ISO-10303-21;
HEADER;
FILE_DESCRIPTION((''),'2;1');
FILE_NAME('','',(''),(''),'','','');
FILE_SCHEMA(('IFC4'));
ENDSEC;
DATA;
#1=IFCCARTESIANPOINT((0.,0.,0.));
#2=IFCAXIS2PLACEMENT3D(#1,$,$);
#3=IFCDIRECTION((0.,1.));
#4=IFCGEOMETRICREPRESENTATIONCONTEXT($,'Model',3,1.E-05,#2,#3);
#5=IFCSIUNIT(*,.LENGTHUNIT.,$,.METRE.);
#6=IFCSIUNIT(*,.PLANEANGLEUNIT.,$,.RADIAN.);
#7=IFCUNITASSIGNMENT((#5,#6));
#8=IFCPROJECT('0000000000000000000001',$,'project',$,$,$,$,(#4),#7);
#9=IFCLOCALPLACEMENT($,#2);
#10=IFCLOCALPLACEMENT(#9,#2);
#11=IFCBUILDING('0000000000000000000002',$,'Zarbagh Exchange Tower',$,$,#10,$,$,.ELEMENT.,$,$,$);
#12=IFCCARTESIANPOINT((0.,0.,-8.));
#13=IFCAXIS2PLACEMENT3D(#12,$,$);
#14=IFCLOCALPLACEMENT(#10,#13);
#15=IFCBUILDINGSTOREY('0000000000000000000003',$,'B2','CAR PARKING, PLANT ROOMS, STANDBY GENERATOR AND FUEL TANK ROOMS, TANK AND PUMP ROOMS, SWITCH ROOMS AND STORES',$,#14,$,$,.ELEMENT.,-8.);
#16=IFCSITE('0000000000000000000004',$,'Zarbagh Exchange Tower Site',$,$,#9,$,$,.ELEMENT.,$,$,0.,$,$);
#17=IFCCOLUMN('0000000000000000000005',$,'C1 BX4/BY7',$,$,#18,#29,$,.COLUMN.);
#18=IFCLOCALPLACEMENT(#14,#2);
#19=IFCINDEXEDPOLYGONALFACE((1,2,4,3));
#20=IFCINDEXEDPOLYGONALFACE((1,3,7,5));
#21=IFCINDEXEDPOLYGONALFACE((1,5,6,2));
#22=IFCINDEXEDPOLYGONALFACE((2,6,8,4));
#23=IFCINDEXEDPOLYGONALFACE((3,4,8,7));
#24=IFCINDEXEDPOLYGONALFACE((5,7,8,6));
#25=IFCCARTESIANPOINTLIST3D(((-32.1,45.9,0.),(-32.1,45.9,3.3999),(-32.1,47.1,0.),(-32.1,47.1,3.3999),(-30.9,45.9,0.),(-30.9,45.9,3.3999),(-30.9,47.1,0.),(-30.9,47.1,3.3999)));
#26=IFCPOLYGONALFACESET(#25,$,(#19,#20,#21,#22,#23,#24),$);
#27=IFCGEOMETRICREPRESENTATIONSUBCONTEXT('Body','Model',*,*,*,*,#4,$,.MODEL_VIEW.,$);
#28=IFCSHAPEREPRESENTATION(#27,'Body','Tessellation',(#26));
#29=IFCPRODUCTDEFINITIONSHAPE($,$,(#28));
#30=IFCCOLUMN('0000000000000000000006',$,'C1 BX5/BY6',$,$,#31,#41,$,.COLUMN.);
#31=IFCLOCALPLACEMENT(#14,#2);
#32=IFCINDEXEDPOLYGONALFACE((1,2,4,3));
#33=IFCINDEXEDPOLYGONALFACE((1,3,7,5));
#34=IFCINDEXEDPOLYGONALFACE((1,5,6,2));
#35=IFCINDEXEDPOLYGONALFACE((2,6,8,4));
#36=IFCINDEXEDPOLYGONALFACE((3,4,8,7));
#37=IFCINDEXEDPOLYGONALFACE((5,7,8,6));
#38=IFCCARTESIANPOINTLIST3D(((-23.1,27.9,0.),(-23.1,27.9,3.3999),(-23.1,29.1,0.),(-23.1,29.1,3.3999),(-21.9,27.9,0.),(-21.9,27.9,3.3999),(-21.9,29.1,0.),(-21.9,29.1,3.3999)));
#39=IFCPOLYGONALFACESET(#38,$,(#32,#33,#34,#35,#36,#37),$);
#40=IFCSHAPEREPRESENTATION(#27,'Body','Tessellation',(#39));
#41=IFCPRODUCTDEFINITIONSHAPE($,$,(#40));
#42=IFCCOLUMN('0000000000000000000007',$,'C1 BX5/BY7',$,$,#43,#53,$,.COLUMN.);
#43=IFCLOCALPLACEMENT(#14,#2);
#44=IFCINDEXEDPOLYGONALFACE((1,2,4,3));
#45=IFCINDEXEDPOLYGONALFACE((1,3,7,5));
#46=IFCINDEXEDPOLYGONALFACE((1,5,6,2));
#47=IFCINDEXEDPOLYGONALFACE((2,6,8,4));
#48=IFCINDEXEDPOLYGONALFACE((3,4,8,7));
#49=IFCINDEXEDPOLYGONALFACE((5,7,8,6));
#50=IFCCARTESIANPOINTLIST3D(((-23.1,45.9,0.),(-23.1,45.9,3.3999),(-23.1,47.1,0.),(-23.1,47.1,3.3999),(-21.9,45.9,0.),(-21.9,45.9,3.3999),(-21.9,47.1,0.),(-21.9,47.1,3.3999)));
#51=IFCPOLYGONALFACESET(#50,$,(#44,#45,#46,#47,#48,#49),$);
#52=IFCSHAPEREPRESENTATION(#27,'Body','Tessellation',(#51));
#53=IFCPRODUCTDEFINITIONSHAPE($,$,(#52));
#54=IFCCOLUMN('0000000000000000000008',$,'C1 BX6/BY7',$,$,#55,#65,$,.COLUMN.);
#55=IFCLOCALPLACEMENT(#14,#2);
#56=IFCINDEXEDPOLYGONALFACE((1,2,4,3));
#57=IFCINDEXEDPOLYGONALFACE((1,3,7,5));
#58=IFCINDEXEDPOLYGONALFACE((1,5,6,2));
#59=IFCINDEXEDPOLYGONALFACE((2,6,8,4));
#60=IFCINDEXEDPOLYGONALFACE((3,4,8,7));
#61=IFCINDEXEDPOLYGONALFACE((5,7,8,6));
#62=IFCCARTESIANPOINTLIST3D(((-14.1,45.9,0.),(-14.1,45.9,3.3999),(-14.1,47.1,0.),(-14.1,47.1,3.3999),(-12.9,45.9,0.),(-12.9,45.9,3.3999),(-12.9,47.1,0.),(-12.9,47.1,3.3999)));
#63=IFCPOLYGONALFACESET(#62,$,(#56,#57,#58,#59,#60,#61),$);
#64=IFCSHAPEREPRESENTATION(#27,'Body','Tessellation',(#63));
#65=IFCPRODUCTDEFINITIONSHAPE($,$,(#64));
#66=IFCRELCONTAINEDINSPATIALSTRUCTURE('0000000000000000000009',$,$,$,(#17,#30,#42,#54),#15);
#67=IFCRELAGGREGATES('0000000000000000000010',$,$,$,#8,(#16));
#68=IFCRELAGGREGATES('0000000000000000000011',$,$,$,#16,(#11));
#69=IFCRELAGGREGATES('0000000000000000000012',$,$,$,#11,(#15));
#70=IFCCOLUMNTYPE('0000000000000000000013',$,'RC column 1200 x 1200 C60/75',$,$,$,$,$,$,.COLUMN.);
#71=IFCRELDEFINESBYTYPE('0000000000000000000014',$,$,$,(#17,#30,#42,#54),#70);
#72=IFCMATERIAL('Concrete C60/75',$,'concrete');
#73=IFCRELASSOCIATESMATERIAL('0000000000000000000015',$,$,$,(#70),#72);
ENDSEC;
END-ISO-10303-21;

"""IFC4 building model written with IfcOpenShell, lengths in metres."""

from ifc_helpers import new_model, si_unit, direction, frame, origin, origin_2d, place, context, subcontext, project, spatial, rectangle, extrude, material, material_profile, profile_set, type_object, element, save


model = new_model("IFC4")

# Units and contexts
model_context = context("Model", 3, precision=1e-05, world=origin(), true_north=direction((0.0, 1.0)))
body_context = subcontext(model_context, "Body", "Model", "MODEL_VIEW")
ifc_project = project(units=[si_unit("LENGTHUNIT", "METRE"), si_unit("PLANEANGLEUNIT", "RADIAN")], contexts=[model_context])

# Site, building, storey
site_placement = place(None, origin())
site = spatial("IfcSite", under=ifc_project, at=site_placement, Name="Zarbagh Exchange Tower Site", CompositionType="ELEMENT", RefElevation=0.0)
building_placement = place(site_placement, origin())
building = spatial("IfcBuilding", under=site, at=building_placement, Name="Zarbagh Exchange Tower", CompositionType="ELEMENT")
storey_placement = place(building_placement, frame((0.0, 0.0, -8.0)))
storey = spatial("IfcBuildingStorey", under=building, at=storey_placement, Name="B2", Description="CAR PARKING, PLANT ROOMS, STANDBY GENERATOR AND FUEL TANK ROOMS, TANK AND PUMP ROOMS, SWITCH ROOMS AND STORES", CompositionType="ELEMENT", Elevation=-8.0)

# Columns
ifc_material_1 = material(Name="Concrete C60/75", Category="concrete")
ifc_material_profile_1 = material_profile(ifc_material_1, rectangle(XDim=1.2, YDim=1.2, at=origin_2d()), Name="RC column 1200 x 1200 C60/75")
ifc_profile_set_1 = profile_set([ifc_material_profile_1], Name="Concrete C60/75")
column_type = type_object("IfcColumnType", Name="RC column 1200 x 1200 C60/75", PredefinedType="COLUMN", material=ifc_profile_set_1)
for number, where, z_axis, x_axis, name in (
    (1, (-31.5, 46.5, 0.0), (0.0, 0.0, 1.0), (1.0, 0.0, 0.0), "C1 BX4/BY7"),
    (2, (-22.5, 28.5, 0.0), (0.0, 0.0, 1.0), (1.0, 0.0, 0.0), "C1 BX5/BY6"),
    (3, (-22.5, 46.5, 0.0), (0.0, 0.0, 1.0), (1.0, 0.0, 0.0), "C1 BX5/BY7"),
    (4, (-13.5, 46.5, 0.0), (0.0, 0.0, 1.0), (1.0, 0.0, 0.0), "C1 BX6/BY7"),
):
    element("IfcColumn", number, at=place(storey_placement, frame(where, z_axis=z_axis, x_axis=x_axis)), inside=storey, type_object=column_type, Name=name, PredefinedType="COLUMN", context=body_context, shape_type="SweptSolid", body=[
        extrude(rectangle(XDim=1.2, YDim=1.2, at=origin_2d()), origin(), (0.0, 0.0, 1.0), 3.3999),
    ])

save(model, "model.ifc")
